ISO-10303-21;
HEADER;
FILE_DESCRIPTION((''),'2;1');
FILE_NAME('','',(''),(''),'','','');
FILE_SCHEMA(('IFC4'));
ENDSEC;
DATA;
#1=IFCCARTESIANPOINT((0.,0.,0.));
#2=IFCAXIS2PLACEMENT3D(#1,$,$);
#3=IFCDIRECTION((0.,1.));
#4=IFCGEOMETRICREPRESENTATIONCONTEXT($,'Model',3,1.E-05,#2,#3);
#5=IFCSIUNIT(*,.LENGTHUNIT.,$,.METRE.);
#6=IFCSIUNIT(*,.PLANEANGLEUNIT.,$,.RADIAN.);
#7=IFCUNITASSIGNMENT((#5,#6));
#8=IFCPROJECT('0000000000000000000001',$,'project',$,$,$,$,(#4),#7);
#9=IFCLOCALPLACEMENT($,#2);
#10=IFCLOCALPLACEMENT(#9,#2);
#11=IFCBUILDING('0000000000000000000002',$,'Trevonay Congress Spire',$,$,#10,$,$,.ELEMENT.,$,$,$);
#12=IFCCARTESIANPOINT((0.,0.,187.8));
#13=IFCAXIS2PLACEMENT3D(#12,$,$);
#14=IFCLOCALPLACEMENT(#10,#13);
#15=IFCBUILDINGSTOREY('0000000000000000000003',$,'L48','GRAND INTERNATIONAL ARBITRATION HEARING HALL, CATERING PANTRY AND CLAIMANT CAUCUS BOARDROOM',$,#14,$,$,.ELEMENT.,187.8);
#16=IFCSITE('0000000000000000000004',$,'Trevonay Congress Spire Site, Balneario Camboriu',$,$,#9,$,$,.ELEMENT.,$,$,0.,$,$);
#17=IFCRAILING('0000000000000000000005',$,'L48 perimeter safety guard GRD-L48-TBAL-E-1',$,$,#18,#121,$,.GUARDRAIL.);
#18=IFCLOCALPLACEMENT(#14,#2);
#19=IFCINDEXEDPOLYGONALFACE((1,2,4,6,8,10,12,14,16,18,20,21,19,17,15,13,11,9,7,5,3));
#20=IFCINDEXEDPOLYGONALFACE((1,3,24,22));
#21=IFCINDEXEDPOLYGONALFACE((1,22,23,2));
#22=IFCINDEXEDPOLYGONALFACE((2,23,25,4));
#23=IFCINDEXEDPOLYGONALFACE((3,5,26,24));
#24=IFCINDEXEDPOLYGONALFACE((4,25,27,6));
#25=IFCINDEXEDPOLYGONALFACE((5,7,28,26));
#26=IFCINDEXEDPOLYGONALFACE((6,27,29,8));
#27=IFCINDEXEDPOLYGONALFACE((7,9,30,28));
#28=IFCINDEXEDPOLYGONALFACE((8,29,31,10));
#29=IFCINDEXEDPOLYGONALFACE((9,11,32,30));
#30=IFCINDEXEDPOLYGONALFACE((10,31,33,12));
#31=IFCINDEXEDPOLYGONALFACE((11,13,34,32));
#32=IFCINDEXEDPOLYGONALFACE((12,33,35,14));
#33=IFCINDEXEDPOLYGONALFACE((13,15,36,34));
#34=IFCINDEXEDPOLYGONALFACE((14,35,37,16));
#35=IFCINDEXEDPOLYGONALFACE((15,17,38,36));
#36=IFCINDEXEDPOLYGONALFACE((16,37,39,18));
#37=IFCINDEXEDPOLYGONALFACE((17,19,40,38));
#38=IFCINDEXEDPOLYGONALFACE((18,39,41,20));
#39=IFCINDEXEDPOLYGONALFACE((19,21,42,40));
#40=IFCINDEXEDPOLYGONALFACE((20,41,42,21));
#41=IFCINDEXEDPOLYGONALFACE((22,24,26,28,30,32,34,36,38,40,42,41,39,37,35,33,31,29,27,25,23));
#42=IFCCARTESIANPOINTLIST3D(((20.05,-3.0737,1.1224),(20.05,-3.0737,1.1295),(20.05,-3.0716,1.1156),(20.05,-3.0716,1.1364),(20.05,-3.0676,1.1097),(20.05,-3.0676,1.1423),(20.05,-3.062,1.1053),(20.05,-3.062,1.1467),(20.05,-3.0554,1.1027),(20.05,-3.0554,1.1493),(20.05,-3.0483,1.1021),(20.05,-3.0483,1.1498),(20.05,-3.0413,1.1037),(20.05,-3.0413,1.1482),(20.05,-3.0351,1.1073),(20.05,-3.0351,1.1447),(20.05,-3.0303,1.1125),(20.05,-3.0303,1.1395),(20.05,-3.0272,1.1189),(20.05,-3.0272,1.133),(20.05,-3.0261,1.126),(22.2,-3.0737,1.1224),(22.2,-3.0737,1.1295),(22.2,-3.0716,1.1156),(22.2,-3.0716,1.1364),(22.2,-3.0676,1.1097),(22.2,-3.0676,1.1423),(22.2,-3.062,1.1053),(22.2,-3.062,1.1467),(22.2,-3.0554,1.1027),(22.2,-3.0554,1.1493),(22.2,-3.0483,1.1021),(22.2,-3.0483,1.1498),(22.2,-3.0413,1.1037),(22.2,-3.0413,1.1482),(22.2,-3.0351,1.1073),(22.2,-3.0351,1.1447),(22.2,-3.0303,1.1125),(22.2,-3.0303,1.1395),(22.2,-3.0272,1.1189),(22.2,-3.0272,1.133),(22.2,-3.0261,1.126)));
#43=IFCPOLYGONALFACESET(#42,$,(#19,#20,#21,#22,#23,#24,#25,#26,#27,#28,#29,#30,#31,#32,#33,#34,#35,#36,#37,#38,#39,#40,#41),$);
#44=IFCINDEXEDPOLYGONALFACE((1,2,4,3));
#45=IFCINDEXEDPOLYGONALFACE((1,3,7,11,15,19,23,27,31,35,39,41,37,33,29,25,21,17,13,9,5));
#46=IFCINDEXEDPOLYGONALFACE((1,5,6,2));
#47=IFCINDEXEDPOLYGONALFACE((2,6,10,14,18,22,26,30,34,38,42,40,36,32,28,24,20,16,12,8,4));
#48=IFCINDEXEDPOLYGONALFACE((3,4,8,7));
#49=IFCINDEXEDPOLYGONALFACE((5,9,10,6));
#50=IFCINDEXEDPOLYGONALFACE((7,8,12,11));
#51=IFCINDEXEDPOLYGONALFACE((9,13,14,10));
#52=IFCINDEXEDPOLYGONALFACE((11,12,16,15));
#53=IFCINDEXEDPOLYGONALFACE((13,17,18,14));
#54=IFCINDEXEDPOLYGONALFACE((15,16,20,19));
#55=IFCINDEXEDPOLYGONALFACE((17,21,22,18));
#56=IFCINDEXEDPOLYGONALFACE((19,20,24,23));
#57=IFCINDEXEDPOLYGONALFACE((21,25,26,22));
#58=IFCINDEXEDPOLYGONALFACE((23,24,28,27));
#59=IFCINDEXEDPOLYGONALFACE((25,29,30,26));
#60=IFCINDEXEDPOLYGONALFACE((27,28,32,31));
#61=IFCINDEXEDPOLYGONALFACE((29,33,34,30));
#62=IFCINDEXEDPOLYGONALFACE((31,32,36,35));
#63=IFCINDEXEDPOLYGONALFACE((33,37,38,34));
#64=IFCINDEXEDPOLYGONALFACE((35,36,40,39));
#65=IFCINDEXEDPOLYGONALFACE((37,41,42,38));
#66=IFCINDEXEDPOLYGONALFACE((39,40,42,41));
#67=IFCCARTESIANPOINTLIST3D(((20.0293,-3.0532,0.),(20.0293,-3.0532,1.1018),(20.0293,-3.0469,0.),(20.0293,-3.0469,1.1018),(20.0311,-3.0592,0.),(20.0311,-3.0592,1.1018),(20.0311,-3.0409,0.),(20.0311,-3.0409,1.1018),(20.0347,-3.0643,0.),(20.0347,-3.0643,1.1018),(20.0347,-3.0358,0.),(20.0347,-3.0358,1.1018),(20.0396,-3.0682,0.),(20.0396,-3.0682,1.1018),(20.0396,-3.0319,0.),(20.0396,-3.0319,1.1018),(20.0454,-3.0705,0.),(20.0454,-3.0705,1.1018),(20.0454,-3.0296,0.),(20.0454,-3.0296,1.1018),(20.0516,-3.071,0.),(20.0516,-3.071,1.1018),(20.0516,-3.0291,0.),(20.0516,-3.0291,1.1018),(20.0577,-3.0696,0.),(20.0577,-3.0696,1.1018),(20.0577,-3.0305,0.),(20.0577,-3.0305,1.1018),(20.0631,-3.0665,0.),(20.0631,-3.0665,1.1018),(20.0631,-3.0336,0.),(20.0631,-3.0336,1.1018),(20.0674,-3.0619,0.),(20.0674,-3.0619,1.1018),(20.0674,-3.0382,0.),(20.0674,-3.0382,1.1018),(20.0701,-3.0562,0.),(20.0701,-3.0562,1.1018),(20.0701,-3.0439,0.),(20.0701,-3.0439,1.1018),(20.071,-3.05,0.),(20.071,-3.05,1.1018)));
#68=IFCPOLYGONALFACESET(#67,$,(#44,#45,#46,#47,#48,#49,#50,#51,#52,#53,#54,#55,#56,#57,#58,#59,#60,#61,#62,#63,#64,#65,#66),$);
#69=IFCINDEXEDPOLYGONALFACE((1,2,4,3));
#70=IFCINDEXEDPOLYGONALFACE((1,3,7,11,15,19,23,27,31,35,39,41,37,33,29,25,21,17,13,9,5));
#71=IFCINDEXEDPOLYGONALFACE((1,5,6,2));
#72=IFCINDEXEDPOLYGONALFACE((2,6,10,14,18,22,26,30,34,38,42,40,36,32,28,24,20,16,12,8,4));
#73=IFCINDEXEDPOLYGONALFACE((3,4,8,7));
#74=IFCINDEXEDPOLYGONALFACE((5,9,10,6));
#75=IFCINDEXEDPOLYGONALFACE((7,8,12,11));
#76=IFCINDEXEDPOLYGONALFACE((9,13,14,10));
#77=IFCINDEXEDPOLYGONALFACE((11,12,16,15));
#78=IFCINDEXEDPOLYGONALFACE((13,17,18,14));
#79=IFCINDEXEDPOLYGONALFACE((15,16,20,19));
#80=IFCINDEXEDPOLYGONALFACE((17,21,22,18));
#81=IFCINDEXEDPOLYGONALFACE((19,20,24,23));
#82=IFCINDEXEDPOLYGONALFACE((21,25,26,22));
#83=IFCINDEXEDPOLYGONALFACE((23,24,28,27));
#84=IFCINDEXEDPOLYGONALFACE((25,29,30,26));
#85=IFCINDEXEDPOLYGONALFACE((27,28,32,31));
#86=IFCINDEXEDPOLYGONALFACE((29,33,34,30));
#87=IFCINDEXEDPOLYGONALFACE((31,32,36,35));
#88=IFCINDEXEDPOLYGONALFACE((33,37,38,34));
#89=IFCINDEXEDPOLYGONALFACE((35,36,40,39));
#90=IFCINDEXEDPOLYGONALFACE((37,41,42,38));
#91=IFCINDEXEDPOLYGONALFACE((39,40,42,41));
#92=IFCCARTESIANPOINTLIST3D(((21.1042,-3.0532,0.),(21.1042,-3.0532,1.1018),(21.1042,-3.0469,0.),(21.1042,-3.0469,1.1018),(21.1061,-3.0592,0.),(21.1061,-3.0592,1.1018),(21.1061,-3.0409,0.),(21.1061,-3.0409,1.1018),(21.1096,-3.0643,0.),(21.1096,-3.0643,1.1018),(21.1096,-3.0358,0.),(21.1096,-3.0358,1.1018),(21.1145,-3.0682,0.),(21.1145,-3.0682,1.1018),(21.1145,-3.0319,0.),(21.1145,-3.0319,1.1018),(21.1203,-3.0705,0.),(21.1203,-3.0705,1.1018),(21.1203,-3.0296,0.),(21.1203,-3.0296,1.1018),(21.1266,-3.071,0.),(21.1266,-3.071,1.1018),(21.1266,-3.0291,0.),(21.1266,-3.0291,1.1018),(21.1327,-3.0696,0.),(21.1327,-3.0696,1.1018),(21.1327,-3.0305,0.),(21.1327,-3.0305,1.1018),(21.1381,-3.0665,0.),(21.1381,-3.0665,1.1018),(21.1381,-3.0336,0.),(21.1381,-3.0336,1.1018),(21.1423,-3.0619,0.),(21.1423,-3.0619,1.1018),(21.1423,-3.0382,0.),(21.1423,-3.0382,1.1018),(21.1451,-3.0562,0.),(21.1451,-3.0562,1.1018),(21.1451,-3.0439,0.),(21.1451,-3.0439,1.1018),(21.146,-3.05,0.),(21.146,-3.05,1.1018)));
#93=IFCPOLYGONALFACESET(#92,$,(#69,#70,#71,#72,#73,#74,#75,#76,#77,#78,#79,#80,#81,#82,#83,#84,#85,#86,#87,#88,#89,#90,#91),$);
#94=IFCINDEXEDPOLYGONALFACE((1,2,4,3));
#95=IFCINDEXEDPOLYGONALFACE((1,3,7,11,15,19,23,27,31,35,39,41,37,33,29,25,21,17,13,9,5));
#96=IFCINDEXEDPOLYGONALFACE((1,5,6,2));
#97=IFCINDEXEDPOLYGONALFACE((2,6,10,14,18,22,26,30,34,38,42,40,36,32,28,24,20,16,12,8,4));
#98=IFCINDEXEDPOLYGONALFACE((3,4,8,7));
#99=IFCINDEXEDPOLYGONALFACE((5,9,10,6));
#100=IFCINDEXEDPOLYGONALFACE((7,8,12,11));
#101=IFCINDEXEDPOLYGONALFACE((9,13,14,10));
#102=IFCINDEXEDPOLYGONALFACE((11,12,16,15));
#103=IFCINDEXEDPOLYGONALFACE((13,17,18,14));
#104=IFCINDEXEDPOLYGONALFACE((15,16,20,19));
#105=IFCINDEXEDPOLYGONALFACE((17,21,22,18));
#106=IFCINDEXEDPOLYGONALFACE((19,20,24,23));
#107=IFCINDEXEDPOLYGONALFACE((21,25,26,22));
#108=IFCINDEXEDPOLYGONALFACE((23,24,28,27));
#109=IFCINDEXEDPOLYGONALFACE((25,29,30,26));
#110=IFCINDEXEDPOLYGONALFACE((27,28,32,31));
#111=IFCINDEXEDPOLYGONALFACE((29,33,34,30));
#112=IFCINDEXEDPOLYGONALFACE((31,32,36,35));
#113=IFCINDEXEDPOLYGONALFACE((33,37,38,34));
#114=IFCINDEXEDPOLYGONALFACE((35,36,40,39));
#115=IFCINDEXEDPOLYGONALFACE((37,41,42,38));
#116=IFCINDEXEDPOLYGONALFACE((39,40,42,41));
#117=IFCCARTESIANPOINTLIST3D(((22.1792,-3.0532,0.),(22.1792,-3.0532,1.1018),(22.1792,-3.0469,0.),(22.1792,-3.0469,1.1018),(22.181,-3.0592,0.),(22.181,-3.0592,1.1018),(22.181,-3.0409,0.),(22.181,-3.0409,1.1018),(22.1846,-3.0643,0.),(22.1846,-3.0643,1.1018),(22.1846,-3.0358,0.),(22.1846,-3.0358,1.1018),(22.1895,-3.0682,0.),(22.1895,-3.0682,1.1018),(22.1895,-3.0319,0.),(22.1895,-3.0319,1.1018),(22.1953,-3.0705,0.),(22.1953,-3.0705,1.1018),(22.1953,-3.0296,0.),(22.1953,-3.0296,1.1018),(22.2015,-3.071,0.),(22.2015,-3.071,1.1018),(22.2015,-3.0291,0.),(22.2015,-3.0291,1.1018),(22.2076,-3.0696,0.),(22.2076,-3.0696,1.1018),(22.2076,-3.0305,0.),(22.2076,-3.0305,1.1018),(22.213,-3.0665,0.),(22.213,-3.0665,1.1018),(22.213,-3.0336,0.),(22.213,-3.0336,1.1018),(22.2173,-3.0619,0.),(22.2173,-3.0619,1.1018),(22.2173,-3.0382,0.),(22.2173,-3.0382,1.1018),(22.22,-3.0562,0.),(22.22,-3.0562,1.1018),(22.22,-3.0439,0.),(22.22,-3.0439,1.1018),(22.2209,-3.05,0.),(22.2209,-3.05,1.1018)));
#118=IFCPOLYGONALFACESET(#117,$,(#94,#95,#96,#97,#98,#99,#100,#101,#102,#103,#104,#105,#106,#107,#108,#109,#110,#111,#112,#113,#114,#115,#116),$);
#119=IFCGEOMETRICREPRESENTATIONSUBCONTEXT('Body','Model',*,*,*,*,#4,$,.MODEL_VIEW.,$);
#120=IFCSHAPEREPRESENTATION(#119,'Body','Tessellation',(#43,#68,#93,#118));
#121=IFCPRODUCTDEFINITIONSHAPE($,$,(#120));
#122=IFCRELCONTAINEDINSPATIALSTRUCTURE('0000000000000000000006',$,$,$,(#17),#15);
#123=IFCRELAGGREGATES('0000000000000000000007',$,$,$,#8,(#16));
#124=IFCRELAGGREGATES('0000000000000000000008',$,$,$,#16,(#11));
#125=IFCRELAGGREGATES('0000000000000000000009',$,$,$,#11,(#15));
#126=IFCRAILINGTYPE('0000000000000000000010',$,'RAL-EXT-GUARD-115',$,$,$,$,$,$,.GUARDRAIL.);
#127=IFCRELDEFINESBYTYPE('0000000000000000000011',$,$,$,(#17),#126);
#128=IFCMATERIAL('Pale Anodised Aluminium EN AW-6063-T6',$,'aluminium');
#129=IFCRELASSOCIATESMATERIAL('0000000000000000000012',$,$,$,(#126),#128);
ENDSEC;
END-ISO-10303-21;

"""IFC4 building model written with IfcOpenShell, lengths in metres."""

from ifc_helpers import new_model, si_unit, direction, frame, origin, origin_2d, place, context, subcontext, project, spatial, circle, extrude, material, type_object, element, save


model = new_model("IFC4")

# Units and contexts
model_context = context("Model", 3, precision=1e-05, world=origin(), true_north=direction((0.0, 1.0)))
body_context = subcontext(model_context, "Body", "Model", "MODEL_VIEW")
ifc_project = project(units=[si_unit("LENGTHUNIT", "METRE"), si_unit("PLANEANGLEUNIT", "RADIAN")], contexts=[model_context])

# Site, building, storey
site_placement = place(None, origin())
site = spatial("IfcSite", under=ifc_project, at=site_placement, Name="Trevonay Congress Spire Site, Balneario Camboriu", CompositionType="ELEMENT", RefElevation=0.0)
building_placement = place(site_placement, origin())
building = spatial("IfcBuilding", under=site, at=building_placement, Name="Trevonay Congress Spire", CompositionType="ELEMENT")
storey_placement = place(building_placement, frame((0.0, 0.0, 187.8)))
storey = spatial("IfcBuildingStorey", under=building, at=storey_placement, Name="L48", Description="GRAND INTERNATIONAL ARBITRATION HEARING HALL, CATERING PANTRY AND CLAIMANT CAUCUS BOARDROOM", CompositionType="ELEMENT", Elevation=187.8)

# Shared definitions
ifc_material_1 = material(Name="Pale Anodised Aluminium EN AW-6063-T6", Category="aluminium")

# Railing
railing_type = type_object("IfcRailingType", Name="RAL-EXT-GUARD-115", PredefinedType="GUARDRAIL", material=ifc_material_1)
railing_1_placement = place(storey_placement, frame((20.05, -3.05, 0.0)))
element("IfcRailing", 1, at=railing_1_placement, inside=storey, type_object=railing_type, Name="L48 perimeter safety guard GRD-L48-TBAL-E-1", PredefinedType="GUARDRAIL", context=body_context, shape_type="SweptSolid", body=[
    extrude(circle(Radius=0.0239, at=origin_2d()), frame((0.0, 0.0, 1.126), z_axis=(1.0, 0.0, 0.0), x_axis=(0.0, 1.0, 0.0)), (0.0, 0.0, 1.0), 2.1499),
    extrude(circle(Radius=0.021, at=origin_2d()), origin(), (0.0, 0.0, 1.0), 1.1018),
    extrude(circle(Radius=0.021, at=origin_2d()), frame((1.075, 0.0, 0.0)), (0.0, 0.0, 1.0), 1.1018),
    extrude(circle(Radius=0.021, at=origin_2d()), frame((2.1499, 0.0, 0.0)), (0.0, 0.0, 1.0), 1.1018),
])

save(model, "model.ifc")
